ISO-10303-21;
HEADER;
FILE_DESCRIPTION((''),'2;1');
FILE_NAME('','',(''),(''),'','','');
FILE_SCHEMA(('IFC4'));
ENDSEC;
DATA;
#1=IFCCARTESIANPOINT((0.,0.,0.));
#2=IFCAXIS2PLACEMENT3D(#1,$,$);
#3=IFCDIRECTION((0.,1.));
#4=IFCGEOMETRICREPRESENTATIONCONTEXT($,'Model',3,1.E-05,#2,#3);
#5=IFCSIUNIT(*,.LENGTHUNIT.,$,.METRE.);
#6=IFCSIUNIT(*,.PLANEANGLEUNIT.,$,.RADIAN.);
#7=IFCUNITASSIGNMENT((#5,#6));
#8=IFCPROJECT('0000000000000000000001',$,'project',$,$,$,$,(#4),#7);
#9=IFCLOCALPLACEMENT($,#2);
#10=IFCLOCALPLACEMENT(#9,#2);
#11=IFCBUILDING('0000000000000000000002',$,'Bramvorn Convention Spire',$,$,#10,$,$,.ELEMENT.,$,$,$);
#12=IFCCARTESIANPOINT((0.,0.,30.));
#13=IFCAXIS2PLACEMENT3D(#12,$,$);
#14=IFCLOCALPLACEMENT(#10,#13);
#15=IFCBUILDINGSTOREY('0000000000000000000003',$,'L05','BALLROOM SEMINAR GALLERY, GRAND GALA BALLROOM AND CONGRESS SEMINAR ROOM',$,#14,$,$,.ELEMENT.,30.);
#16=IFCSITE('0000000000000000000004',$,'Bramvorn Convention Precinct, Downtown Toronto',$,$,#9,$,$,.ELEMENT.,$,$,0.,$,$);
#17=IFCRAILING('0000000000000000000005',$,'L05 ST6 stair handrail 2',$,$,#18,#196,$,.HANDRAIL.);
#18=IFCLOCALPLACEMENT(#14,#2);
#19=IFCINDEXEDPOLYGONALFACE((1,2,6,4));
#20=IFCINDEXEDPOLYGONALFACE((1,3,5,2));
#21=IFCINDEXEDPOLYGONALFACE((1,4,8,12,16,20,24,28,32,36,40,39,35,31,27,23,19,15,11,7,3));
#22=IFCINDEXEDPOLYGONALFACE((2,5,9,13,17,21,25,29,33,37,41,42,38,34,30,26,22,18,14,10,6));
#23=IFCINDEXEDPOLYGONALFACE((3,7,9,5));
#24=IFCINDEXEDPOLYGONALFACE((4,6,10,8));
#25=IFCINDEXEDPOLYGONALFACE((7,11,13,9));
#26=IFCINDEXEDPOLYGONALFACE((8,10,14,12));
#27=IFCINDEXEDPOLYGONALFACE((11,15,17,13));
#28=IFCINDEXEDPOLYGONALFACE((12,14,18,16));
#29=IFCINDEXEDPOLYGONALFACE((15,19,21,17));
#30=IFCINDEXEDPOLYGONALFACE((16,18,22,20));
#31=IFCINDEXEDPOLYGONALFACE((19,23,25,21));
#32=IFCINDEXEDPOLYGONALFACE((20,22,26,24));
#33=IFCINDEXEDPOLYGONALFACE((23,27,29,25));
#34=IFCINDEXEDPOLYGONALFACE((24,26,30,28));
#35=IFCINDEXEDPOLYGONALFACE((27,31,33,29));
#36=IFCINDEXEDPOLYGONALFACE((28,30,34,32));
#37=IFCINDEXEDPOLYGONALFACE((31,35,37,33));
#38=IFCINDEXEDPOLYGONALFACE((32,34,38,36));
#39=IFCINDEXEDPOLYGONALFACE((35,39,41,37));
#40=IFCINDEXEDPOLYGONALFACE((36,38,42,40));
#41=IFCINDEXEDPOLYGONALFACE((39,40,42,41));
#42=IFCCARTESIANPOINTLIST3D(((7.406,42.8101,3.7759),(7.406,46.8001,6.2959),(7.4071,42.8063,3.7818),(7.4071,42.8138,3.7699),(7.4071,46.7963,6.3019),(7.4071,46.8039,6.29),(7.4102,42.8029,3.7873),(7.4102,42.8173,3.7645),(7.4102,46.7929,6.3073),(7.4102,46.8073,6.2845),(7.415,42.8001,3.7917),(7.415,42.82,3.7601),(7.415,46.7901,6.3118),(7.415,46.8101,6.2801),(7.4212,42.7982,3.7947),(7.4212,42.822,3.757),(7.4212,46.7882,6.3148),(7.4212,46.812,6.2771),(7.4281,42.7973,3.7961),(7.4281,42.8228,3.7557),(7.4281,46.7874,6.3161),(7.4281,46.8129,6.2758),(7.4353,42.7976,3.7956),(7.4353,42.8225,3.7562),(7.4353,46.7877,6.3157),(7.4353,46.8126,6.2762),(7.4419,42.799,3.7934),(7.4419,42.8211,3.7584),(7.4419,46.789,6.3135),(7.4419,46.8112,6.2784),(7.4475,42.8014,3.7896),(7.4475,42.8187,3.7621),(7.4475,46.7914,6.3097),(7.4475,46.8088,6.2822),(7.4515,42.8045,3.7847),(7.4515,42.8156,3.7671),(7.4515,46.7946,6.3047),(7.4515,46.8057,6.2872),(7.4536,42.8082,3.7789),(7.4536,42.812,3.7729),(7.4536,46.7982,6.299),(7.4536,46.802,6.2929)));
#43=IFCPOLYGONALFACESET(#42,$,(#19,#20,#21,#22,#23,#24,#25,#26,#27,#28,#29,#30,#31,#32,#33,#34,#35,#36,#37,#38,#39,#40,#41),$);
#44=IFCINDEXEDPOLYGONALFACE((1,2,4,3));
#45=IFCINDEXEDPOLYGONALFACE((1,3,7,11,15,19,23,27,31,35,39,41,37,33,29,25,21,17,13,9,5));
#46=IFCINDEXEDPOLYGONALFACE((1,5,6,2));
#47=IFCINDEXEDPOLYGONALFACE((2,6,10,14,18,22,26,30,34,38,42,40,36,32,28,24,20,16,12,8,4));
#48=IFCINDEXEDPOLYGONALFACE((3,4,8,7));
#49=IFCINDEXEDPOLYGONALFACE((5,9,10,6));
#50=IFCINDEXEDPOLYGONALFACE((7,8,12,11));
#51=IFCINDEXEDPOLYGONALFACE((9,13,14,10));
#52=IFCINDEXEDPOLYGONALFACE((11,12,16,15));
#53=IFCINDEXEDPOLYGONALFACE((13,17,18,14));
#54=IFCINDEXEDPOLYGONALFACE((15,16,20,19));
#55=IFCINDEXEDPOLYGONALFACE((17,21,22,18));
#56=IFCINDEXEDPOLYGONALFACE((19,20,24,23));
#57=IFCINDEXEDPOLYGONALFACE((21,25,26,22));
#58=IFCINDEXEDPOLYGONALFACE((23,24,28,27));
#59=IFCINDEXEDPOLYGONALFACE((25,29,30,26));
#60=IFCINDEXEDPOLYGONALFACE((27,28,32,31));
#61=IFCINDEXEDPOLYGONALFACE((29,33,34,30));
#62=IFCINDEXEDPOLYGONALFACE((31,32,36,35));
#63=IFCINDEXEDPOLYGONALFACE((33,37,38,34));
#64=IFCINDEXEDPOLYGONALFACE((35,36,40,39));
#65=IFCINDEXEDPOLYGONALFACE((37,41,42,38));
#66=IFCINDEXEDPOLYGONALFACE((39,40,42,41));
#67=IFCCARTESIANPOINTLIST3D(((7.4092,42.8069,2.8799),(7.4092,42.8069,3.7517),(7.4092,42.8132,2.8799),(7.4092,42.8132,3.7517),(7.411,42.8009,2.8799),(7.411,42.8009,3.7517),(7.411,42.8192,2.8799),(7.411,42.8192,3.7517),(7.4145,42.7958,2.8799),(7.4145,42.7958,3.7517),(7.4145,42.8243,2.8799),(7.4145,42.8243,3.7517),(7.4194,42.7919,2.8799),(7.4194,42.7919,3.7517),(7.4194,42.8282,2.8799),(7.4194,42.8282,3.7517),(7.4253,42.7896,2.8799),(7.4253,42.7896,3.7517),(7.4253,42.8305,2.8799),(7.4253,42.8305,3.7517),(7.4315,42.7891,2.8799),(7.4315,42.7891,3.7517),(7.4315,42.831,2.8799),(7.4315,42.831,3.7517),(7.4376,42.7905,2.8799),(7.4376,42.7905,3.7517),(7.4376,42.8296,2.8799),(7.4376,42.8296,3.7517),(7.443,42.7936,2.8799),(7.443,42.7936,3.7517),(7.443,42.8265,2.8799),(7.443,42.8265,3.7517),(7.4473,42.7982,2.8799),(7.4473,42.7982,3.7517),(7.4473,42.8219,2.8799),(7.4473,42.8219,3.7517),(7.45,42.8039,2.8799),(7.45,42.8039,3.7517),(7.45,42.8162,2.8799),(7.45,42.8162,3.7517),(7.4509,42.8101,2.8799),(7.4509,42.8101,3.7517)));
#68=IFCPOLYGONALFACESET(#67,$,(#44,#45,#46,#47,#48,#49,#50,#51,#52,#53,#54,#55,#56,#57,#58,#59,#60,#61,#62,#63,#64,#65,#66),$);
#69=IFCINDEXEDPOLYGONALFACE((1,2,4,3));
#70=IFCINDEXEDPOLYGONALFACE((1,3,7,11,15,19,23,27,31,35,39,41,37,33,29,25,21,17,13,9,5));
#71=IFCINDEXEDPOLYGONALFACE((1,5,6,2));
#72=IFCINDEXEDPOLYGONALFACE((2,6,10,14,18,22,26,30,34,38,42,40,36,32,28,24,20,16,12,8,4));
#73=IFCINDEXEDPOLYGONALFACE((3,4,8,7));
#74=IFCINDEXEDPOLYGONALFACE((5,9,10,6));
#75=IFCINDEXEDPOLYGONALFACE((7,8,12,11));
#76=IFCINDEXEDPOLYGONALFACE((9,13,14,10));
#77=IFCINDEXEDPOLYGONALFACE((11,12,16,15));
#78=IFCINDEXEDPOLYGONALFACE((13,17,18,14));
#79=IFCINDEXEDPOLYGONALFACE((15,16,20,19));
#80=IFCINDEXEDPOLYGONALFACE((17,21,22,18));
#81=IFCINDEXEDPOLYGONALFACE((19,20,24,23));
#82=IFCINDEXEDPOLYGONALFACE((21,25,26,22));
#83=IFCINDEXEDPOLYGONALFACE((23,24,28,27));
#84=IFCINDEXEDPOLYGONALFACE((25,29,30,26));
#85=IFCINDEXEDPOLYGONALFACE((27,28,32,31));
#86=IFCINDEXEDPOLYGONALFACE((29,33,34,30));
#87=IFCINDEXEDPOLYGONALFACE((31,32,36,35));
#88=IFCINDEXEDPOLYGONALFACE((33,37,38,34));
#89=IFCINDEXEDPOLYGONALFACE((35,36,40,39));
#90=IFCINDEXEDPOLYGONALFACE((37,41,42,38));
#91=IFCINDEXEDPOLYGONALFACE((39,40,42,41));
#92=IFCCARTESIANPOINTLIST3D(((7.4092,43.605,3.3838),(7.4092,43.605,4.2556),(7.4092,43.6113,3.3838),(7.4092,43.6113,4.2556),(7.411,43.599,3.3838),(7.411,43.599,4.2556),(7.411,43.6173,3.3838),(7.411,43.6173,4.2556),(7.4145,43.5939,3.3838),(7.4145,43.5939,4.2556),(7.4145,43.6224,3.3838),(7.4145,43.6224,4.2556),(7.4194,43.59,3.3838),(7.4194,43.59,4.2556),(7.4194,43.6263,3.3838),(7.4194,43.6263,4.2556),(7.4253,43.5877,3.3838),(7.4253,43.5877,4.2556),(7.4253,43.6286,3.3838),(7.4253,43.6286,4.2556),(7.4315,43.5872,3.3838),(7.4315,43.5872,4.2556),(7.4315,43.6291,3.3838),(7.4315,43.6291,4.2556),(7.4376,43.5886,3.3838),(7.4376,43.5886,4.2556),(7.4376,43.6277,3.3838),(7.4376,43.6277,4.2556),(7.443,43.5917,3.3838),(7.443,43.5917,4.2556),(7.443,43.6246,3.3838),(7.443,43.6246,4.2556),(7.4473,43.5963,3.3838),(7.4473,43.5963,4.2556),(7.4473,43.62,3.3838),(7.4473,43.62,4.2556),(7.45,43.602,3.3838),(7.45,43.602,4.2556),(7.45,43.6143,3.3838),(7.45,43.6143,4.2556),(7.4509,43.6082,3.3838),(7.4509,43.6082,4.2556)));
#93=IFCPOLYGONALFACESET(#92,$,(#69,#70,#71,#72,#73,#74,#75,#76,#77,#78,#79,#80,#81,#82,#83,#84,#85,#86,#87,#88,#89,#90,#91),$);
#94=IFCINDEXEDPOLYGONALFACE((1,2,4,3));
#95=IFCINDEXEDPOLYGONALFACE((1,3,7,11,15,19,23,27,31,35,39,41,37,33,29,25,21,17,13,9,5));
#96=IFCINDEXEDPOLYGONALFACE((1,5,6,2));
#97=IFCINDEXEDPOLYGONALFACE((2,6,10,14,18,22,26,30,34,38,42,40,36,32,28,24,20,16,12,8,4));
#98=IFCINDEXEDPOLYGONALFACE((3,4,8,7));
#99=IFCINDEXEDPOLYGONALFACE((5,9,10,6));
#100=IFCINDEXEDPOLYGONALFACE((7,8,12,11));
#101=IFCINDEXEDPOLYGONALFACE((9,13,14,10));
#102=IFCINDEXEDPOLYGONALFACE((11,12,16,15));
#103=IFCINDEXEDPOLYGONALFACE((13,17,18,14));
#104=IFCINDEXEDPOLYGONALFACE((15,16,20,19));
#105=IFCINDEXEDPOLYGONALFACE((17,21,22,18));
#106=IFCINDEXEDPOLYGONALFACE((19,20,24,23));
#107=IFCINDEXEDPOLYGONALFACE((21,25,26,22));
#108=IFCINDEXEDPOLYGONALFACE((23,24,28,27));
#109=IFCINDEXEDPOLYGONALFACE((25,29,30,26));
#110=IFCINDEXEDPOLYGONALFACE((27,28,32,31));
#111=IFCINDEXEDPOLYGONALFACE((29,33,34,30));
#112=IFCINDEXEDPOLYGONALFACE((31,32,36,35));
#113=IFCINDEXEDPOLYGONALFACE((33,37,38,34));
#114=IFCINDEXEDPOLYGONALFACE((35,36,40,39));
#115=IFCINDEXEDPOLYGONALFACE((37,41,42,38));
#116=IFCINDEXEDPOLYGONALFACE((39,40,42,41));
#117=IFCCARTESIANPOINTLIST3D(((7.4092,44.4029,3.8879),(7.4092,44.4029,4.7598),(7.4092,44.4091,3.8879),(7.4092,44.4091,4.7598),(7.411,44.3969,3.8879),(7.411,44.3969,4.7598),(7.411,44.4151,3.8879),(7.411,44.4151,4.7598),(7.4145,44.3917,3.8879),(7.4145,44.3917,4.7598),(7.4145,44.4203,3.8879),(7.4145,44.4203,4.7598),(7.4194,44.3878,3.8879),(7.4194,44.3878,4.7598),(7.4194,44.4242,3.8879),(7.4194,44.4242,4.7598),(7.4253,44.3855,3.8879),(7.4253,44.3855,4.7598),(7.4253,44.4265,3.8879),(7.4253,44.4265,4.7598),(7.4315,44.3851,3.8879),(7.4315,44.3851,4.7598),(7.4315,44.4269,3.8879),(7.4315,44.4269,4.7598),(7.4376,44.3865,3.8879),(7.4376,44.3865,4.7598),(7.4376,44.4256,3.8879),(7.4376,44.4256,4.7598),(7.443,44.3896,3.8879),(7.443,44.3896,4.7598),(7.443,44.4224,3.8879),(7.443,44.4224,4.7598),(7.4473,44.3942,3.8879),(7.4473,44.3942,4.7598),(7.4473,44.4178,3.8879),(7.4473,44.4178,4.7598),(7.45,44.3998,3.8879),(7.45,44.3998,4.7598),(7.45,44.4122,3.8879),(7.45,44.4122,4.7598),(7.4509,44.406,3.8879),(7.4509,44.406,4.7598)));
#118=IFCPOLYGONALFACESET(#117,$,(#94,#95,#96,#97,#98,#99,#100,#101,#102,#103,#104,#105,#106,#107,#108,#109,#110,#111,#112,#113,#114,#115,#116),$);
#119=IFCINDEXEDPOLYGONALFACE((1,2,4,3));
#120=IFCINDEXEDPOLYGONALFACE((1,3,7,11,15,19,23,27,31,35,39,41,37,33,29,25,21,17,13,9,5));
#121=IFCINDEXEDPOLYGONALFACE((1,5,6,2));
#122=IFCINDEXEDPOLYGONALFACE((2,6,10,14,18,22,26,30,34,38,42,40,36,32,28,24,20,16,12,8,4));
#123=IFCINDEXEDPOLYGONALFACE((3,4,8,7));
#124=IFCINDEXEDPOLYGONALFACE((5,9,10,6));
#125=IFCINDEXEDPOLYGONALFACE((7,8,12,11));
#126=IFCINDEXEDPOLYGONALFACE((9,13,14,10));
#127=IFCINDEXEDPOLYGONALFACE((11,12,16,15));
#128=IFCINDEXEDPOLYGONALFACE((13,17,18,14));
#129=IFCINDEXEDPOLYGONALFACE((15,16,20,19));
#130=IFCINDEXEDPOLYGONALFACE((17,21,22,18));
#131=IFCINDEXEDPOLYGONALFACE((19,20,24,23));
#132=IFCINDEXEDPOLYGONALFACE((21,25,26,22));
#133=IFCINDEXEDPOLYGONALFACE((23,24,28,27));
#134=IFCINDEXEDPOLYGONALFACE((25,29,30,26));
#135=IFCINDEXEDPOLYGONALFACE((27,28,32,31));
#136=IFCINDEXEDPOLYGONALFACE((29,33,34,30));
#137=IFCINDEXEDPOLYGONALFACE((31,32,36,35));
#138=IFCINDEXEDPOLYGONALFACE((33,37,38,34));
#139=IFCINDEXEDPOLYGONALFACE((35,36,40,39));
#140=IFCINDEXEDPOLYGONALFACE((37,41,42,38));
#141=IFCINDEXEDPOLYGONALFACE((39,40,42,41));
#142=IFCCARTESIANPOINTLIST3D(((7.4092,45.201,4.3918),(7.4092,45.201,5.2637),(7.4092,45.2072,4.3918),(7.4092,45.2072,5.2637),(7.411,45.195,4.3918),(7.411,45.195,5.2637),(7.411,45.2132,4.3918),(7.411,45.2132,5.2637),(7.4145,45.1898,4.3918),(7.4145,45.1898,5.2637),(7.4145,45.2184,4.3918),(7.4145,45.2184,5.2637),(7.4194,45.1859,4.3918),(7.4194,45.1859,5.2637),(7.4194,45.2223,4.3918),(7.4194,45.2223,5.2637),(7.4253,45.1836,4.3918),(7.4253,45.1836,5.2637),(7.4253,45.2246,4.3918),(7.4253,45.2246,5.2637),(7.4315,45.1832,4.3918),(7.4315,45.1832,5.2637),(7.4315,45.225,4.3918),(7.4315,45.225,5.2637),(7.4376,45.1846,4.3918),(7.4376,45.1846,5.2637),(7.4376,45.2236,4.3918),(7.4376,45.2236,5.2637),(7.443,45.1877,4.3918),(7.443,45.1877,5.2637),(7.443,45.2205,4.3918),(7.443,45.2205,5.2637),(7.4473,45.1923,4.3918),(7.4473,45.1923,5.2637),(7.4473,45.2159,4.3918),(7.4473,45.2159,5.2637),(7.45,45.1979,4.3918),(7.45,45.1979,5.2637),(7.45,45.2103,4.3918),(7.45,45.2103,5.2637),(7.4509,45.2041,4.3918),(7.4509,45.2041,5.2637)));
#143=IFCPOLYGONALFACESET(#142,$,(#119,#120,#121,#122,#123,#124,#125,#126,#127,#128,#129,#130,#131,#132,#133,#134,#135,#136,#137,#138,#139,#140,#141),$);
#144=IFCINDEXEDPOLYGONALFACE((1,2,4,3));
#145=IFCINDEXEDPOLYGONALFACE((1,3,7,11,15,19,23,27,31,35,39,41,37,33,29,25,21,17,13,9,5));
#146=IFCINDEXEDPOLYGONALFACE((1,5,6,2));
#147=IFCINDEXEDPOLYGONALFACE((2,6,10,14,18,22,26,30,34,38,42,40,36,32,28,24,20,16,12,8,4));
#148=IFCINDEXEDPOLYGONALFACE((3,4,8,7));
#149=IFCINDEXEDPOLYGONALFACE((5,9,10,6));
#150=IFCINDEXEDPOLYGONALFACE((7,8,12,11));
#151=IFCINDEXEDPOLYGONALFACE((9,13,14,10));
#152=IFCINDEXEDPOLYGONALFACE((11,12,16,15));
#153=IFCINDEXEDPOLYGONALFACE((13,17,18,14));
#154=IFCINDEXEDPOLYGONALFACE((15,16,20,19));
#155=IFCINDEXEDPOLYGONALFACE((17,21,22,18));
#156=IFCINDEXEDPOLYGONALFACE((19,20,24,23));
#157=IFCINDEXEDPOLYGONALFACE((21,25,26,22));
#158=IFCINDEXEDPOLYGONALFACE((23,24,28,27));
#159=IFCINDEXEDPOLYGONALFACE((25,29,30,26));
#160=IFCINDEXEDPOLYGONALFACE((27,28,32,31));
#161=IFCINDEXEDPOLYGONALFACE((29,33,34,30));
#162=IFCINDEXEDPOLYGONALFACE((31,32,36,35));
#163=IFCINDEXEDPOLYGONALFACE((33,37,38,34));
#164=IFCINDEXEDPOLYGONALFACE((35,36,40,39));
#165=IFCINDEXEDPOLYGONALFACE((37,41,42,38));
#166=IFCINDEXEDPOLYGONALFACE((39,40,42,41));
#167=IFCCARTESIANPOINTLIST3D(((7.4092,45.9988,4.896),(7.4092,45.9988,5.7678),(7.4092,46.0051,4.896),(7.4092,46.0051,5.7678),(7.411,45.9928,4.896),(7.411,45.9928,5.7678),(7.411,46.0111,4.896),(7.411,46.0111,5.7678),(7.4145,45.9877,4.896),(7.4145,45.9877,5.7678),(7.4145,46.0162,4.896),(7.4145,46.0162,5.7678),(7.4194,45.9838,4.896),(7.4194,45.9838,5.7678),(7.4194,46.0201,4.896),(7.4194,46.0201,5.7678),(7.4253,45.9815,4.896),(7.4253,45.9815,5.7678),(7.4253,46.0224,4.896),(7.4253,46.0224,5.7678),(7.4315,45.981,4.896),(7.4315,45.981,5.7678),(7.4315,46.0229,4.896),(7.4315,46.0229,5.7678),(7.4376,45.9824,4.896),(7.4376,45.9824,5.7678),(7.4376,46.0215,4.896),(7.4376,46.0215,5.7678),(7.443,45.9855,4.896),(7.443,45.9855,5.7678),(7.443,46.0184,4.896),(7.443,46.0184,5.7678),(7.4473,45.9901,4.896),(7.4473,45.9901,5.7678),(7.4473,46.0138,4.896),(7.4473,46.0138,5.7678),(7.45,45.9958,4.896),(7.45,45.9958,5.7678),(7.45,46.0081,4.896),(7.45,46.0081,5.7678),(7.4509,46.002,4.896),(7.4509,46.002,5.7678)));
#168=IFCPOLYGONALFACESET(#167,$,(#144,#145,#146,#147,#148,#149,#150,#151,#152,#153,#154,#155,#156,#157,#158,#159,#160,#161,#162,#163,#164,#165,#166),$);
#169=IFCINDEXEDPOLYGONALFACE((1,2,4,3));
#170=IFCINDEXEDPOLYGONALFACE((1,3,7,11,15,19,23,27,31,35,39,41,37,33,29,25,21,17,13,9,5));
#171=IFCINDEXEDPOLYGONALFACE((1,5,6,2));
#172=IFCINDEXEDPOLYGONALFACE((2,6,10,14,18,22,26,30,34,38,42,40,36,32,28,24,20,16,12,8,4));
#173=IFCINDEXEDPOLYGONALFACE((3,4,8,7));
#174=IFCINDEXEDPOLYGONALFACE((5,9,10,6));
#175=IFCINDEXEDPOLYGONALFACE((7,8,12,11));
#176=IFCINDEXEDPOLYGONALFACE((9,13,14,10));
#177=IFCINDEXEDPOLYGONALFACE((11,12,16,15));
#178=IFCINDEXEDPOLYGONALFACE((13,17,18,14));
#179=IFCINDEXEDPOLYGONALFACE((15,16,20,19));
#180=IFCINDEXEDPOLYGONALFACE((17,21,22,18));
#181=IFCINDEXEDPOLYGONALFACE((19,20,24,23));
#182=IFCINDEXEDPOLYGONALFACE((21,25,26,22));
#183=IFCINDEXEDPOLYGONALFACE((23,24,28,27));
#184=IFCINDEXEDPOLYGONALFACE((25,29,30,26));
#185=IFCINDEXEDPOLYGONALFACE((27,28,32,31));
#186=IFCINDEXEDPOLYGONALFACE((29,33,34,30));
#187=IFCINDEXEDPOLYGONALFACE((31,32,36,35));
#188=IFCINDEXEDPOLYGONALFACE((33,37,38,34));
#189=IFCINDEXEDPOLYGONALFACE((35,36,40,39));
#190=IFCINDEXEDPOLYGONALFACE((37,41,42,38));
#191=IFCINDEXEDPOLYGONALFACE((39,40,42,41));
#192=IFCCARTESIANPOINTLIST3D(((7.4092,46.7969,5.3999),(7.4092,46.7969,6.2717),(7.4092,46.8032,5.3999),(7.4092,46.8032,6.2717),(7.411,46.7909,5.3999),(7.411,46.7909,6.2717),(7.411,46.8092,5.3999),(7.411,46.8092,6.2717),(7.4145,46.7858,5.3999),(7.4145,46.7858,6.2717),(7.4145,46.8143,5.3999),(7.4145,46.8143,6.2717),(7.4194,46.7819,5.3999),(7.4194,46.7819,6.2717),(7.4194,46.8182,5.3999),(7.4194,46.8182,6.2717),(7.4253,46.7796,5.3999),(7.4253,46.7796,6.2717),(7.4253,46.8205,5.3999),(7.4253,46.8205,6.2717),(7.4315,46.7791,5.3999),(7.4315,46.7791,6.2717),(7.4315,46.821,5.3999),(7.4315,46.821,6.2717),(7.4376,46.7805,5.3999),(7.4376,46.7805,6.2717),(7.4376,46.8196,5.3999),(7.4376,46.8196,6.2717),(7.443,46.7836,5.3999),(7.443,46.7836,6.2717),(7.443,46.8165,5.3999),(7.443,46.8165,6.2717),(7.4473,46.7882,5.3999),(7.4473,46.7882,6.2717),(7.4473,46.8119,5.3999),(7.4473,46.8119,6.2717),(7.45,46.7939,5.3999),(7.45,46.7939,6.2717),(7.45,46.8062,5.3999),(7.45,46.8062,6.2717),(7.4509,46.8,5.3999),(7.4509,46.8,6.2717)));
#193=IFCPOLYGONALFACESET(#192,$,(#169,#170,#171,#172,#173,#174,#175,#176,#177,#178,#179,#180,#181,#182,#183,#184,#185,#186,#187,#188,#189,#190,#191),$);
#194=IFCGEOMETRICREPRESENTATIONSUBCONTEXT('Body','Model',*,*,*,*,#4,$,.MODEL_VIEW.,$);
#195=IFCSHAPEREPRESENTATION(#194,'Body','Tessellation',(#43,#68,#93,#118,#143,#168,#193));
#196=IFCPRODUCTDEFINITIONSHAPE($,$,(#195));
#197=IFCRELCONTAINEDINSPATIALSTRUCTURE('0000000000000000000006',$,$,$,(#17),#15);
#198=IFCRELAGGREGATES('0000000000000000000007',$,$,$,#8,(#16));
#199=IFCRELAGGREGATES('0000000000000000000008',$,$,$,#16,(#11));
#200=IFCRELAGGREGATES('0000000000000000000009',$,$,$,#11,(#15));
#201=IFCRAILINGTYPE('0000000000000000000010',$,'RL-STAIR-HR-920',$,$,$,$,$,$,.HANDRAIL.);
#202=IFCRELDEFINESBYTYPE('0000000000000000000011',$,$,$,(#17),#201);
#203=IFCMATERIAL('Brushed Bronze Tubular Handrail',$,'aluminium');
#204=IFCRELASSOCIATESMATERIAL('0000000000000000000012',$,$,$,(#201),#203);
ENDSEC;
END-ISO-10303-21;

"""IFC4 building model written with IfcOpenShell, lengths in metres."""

from ifc_helpers import new_model, si_unit, direction, frame, origin, origin_2d, place, context, subcontext, project, spatial, circle, extrude, material, type_object, element, save


model = new_model("IFC4")

# Units and contexts
model_context = context("Model", 3, precision=1e-05, world=origin(), true_north=direction((0.0, 1.0)))
body_context = subcontext(model_context, "Body", "Model", "MODEL_VIEW")
ifc_project = project(units=[si_unit("LENGTHUNIT", "METRE"), si_unit("PLANEANGLEUNIT", "RADIAN")], contexts=[model_context])

# Site, building, storey
site_placement = place(None, origin())
site = spatial("IfcSite", under=ifc_project, at=site_placement, Name="Bramvorn Convention Precinct, Downtown Toronto", CompositionType="ELEMENT", RefElevation=0.0)
building_placement = place(site_placement, origin())
building = spatial("IfcBuilding", under=site, at=building_placement, Name="Bramvorn Convention Spire", CompositionType="ELEMENT")
storey_placement = place(building_placement, frame((0.0, 0.0, 30.0)))
storey = spatial("IfcBuildingStorey", under=building, at=storey_placement, Name="L05", Description="BALLROOM SEMINAR GALLERY, GRAND GALA BALLROOM AND CONGRESS SEMINAR ROOM", CompositionType="ELEMENT", Elevation=30.0)

# Railing
ifc_material_1 = material(Name="Brushed Bronze Tubular Handrail", Category="aluminium")
railing_type_1 = type_object("IfcRailingType", Name="RL-STAIR-HR-920", PredefinedType="HANDRAIL", material=ifc_material_1)
railing_1_placement = place(storey_placement, frame((7.4299, 42.8101, 2.8799)))
element("IfcRailing", 1, at=railing_1_placement, inside=storey, type_object=railing_type_1, Name="L05 ST6 stair handrail 2", PredefinedType="HANDRAIL", context=body_context, shape_type="SweptSolid", body=[
    extrude(circle(Radius=0.0239, at=origin_2d()), frame((0.0, 0.0, 0.896), z_axis=(0.0, 0.845486, 0.533997), x_axis=(-1.0, 0.0, 0.0)), (0.0, 0.0, 1.0), 4.7192),
    extrude(circle(Radius=0.021, at=origin_2d()), origin(), (0.0, 0.0, 1.0), 0.8718),
    extrude(circle(Radius=0.021, at=origin_2d()), frame((0.0, 0.7981, 0.5039)), (0.0, 0.0, 1.0), 0.8718),
    extrude(circle(Radius=0.021, at=origin_2d()), frame((0.0, 1.5959, 1.0081)), (0.0, 0.0, 1.0), 0.8718),
    extrude(circle(Radius=0.021, at=origin_2d()), frame((0.0, 2.394, 1.512)), (0.0, 0.0, 1.0), 0.8718),
    extrude(circle(Radius=0.021, at=origin_2d()), frame((0.0, 3.1919, 2.0161)), (0.0, 0.0, 1.0), 0.8718),
    extrude(circle(Radius=0.021, at=origin_2d()), frame((0.0, 3.99, 2.52)), (0.0, 0.0, 1.0), 0.8718),
])

save(model, "model.ifc")
